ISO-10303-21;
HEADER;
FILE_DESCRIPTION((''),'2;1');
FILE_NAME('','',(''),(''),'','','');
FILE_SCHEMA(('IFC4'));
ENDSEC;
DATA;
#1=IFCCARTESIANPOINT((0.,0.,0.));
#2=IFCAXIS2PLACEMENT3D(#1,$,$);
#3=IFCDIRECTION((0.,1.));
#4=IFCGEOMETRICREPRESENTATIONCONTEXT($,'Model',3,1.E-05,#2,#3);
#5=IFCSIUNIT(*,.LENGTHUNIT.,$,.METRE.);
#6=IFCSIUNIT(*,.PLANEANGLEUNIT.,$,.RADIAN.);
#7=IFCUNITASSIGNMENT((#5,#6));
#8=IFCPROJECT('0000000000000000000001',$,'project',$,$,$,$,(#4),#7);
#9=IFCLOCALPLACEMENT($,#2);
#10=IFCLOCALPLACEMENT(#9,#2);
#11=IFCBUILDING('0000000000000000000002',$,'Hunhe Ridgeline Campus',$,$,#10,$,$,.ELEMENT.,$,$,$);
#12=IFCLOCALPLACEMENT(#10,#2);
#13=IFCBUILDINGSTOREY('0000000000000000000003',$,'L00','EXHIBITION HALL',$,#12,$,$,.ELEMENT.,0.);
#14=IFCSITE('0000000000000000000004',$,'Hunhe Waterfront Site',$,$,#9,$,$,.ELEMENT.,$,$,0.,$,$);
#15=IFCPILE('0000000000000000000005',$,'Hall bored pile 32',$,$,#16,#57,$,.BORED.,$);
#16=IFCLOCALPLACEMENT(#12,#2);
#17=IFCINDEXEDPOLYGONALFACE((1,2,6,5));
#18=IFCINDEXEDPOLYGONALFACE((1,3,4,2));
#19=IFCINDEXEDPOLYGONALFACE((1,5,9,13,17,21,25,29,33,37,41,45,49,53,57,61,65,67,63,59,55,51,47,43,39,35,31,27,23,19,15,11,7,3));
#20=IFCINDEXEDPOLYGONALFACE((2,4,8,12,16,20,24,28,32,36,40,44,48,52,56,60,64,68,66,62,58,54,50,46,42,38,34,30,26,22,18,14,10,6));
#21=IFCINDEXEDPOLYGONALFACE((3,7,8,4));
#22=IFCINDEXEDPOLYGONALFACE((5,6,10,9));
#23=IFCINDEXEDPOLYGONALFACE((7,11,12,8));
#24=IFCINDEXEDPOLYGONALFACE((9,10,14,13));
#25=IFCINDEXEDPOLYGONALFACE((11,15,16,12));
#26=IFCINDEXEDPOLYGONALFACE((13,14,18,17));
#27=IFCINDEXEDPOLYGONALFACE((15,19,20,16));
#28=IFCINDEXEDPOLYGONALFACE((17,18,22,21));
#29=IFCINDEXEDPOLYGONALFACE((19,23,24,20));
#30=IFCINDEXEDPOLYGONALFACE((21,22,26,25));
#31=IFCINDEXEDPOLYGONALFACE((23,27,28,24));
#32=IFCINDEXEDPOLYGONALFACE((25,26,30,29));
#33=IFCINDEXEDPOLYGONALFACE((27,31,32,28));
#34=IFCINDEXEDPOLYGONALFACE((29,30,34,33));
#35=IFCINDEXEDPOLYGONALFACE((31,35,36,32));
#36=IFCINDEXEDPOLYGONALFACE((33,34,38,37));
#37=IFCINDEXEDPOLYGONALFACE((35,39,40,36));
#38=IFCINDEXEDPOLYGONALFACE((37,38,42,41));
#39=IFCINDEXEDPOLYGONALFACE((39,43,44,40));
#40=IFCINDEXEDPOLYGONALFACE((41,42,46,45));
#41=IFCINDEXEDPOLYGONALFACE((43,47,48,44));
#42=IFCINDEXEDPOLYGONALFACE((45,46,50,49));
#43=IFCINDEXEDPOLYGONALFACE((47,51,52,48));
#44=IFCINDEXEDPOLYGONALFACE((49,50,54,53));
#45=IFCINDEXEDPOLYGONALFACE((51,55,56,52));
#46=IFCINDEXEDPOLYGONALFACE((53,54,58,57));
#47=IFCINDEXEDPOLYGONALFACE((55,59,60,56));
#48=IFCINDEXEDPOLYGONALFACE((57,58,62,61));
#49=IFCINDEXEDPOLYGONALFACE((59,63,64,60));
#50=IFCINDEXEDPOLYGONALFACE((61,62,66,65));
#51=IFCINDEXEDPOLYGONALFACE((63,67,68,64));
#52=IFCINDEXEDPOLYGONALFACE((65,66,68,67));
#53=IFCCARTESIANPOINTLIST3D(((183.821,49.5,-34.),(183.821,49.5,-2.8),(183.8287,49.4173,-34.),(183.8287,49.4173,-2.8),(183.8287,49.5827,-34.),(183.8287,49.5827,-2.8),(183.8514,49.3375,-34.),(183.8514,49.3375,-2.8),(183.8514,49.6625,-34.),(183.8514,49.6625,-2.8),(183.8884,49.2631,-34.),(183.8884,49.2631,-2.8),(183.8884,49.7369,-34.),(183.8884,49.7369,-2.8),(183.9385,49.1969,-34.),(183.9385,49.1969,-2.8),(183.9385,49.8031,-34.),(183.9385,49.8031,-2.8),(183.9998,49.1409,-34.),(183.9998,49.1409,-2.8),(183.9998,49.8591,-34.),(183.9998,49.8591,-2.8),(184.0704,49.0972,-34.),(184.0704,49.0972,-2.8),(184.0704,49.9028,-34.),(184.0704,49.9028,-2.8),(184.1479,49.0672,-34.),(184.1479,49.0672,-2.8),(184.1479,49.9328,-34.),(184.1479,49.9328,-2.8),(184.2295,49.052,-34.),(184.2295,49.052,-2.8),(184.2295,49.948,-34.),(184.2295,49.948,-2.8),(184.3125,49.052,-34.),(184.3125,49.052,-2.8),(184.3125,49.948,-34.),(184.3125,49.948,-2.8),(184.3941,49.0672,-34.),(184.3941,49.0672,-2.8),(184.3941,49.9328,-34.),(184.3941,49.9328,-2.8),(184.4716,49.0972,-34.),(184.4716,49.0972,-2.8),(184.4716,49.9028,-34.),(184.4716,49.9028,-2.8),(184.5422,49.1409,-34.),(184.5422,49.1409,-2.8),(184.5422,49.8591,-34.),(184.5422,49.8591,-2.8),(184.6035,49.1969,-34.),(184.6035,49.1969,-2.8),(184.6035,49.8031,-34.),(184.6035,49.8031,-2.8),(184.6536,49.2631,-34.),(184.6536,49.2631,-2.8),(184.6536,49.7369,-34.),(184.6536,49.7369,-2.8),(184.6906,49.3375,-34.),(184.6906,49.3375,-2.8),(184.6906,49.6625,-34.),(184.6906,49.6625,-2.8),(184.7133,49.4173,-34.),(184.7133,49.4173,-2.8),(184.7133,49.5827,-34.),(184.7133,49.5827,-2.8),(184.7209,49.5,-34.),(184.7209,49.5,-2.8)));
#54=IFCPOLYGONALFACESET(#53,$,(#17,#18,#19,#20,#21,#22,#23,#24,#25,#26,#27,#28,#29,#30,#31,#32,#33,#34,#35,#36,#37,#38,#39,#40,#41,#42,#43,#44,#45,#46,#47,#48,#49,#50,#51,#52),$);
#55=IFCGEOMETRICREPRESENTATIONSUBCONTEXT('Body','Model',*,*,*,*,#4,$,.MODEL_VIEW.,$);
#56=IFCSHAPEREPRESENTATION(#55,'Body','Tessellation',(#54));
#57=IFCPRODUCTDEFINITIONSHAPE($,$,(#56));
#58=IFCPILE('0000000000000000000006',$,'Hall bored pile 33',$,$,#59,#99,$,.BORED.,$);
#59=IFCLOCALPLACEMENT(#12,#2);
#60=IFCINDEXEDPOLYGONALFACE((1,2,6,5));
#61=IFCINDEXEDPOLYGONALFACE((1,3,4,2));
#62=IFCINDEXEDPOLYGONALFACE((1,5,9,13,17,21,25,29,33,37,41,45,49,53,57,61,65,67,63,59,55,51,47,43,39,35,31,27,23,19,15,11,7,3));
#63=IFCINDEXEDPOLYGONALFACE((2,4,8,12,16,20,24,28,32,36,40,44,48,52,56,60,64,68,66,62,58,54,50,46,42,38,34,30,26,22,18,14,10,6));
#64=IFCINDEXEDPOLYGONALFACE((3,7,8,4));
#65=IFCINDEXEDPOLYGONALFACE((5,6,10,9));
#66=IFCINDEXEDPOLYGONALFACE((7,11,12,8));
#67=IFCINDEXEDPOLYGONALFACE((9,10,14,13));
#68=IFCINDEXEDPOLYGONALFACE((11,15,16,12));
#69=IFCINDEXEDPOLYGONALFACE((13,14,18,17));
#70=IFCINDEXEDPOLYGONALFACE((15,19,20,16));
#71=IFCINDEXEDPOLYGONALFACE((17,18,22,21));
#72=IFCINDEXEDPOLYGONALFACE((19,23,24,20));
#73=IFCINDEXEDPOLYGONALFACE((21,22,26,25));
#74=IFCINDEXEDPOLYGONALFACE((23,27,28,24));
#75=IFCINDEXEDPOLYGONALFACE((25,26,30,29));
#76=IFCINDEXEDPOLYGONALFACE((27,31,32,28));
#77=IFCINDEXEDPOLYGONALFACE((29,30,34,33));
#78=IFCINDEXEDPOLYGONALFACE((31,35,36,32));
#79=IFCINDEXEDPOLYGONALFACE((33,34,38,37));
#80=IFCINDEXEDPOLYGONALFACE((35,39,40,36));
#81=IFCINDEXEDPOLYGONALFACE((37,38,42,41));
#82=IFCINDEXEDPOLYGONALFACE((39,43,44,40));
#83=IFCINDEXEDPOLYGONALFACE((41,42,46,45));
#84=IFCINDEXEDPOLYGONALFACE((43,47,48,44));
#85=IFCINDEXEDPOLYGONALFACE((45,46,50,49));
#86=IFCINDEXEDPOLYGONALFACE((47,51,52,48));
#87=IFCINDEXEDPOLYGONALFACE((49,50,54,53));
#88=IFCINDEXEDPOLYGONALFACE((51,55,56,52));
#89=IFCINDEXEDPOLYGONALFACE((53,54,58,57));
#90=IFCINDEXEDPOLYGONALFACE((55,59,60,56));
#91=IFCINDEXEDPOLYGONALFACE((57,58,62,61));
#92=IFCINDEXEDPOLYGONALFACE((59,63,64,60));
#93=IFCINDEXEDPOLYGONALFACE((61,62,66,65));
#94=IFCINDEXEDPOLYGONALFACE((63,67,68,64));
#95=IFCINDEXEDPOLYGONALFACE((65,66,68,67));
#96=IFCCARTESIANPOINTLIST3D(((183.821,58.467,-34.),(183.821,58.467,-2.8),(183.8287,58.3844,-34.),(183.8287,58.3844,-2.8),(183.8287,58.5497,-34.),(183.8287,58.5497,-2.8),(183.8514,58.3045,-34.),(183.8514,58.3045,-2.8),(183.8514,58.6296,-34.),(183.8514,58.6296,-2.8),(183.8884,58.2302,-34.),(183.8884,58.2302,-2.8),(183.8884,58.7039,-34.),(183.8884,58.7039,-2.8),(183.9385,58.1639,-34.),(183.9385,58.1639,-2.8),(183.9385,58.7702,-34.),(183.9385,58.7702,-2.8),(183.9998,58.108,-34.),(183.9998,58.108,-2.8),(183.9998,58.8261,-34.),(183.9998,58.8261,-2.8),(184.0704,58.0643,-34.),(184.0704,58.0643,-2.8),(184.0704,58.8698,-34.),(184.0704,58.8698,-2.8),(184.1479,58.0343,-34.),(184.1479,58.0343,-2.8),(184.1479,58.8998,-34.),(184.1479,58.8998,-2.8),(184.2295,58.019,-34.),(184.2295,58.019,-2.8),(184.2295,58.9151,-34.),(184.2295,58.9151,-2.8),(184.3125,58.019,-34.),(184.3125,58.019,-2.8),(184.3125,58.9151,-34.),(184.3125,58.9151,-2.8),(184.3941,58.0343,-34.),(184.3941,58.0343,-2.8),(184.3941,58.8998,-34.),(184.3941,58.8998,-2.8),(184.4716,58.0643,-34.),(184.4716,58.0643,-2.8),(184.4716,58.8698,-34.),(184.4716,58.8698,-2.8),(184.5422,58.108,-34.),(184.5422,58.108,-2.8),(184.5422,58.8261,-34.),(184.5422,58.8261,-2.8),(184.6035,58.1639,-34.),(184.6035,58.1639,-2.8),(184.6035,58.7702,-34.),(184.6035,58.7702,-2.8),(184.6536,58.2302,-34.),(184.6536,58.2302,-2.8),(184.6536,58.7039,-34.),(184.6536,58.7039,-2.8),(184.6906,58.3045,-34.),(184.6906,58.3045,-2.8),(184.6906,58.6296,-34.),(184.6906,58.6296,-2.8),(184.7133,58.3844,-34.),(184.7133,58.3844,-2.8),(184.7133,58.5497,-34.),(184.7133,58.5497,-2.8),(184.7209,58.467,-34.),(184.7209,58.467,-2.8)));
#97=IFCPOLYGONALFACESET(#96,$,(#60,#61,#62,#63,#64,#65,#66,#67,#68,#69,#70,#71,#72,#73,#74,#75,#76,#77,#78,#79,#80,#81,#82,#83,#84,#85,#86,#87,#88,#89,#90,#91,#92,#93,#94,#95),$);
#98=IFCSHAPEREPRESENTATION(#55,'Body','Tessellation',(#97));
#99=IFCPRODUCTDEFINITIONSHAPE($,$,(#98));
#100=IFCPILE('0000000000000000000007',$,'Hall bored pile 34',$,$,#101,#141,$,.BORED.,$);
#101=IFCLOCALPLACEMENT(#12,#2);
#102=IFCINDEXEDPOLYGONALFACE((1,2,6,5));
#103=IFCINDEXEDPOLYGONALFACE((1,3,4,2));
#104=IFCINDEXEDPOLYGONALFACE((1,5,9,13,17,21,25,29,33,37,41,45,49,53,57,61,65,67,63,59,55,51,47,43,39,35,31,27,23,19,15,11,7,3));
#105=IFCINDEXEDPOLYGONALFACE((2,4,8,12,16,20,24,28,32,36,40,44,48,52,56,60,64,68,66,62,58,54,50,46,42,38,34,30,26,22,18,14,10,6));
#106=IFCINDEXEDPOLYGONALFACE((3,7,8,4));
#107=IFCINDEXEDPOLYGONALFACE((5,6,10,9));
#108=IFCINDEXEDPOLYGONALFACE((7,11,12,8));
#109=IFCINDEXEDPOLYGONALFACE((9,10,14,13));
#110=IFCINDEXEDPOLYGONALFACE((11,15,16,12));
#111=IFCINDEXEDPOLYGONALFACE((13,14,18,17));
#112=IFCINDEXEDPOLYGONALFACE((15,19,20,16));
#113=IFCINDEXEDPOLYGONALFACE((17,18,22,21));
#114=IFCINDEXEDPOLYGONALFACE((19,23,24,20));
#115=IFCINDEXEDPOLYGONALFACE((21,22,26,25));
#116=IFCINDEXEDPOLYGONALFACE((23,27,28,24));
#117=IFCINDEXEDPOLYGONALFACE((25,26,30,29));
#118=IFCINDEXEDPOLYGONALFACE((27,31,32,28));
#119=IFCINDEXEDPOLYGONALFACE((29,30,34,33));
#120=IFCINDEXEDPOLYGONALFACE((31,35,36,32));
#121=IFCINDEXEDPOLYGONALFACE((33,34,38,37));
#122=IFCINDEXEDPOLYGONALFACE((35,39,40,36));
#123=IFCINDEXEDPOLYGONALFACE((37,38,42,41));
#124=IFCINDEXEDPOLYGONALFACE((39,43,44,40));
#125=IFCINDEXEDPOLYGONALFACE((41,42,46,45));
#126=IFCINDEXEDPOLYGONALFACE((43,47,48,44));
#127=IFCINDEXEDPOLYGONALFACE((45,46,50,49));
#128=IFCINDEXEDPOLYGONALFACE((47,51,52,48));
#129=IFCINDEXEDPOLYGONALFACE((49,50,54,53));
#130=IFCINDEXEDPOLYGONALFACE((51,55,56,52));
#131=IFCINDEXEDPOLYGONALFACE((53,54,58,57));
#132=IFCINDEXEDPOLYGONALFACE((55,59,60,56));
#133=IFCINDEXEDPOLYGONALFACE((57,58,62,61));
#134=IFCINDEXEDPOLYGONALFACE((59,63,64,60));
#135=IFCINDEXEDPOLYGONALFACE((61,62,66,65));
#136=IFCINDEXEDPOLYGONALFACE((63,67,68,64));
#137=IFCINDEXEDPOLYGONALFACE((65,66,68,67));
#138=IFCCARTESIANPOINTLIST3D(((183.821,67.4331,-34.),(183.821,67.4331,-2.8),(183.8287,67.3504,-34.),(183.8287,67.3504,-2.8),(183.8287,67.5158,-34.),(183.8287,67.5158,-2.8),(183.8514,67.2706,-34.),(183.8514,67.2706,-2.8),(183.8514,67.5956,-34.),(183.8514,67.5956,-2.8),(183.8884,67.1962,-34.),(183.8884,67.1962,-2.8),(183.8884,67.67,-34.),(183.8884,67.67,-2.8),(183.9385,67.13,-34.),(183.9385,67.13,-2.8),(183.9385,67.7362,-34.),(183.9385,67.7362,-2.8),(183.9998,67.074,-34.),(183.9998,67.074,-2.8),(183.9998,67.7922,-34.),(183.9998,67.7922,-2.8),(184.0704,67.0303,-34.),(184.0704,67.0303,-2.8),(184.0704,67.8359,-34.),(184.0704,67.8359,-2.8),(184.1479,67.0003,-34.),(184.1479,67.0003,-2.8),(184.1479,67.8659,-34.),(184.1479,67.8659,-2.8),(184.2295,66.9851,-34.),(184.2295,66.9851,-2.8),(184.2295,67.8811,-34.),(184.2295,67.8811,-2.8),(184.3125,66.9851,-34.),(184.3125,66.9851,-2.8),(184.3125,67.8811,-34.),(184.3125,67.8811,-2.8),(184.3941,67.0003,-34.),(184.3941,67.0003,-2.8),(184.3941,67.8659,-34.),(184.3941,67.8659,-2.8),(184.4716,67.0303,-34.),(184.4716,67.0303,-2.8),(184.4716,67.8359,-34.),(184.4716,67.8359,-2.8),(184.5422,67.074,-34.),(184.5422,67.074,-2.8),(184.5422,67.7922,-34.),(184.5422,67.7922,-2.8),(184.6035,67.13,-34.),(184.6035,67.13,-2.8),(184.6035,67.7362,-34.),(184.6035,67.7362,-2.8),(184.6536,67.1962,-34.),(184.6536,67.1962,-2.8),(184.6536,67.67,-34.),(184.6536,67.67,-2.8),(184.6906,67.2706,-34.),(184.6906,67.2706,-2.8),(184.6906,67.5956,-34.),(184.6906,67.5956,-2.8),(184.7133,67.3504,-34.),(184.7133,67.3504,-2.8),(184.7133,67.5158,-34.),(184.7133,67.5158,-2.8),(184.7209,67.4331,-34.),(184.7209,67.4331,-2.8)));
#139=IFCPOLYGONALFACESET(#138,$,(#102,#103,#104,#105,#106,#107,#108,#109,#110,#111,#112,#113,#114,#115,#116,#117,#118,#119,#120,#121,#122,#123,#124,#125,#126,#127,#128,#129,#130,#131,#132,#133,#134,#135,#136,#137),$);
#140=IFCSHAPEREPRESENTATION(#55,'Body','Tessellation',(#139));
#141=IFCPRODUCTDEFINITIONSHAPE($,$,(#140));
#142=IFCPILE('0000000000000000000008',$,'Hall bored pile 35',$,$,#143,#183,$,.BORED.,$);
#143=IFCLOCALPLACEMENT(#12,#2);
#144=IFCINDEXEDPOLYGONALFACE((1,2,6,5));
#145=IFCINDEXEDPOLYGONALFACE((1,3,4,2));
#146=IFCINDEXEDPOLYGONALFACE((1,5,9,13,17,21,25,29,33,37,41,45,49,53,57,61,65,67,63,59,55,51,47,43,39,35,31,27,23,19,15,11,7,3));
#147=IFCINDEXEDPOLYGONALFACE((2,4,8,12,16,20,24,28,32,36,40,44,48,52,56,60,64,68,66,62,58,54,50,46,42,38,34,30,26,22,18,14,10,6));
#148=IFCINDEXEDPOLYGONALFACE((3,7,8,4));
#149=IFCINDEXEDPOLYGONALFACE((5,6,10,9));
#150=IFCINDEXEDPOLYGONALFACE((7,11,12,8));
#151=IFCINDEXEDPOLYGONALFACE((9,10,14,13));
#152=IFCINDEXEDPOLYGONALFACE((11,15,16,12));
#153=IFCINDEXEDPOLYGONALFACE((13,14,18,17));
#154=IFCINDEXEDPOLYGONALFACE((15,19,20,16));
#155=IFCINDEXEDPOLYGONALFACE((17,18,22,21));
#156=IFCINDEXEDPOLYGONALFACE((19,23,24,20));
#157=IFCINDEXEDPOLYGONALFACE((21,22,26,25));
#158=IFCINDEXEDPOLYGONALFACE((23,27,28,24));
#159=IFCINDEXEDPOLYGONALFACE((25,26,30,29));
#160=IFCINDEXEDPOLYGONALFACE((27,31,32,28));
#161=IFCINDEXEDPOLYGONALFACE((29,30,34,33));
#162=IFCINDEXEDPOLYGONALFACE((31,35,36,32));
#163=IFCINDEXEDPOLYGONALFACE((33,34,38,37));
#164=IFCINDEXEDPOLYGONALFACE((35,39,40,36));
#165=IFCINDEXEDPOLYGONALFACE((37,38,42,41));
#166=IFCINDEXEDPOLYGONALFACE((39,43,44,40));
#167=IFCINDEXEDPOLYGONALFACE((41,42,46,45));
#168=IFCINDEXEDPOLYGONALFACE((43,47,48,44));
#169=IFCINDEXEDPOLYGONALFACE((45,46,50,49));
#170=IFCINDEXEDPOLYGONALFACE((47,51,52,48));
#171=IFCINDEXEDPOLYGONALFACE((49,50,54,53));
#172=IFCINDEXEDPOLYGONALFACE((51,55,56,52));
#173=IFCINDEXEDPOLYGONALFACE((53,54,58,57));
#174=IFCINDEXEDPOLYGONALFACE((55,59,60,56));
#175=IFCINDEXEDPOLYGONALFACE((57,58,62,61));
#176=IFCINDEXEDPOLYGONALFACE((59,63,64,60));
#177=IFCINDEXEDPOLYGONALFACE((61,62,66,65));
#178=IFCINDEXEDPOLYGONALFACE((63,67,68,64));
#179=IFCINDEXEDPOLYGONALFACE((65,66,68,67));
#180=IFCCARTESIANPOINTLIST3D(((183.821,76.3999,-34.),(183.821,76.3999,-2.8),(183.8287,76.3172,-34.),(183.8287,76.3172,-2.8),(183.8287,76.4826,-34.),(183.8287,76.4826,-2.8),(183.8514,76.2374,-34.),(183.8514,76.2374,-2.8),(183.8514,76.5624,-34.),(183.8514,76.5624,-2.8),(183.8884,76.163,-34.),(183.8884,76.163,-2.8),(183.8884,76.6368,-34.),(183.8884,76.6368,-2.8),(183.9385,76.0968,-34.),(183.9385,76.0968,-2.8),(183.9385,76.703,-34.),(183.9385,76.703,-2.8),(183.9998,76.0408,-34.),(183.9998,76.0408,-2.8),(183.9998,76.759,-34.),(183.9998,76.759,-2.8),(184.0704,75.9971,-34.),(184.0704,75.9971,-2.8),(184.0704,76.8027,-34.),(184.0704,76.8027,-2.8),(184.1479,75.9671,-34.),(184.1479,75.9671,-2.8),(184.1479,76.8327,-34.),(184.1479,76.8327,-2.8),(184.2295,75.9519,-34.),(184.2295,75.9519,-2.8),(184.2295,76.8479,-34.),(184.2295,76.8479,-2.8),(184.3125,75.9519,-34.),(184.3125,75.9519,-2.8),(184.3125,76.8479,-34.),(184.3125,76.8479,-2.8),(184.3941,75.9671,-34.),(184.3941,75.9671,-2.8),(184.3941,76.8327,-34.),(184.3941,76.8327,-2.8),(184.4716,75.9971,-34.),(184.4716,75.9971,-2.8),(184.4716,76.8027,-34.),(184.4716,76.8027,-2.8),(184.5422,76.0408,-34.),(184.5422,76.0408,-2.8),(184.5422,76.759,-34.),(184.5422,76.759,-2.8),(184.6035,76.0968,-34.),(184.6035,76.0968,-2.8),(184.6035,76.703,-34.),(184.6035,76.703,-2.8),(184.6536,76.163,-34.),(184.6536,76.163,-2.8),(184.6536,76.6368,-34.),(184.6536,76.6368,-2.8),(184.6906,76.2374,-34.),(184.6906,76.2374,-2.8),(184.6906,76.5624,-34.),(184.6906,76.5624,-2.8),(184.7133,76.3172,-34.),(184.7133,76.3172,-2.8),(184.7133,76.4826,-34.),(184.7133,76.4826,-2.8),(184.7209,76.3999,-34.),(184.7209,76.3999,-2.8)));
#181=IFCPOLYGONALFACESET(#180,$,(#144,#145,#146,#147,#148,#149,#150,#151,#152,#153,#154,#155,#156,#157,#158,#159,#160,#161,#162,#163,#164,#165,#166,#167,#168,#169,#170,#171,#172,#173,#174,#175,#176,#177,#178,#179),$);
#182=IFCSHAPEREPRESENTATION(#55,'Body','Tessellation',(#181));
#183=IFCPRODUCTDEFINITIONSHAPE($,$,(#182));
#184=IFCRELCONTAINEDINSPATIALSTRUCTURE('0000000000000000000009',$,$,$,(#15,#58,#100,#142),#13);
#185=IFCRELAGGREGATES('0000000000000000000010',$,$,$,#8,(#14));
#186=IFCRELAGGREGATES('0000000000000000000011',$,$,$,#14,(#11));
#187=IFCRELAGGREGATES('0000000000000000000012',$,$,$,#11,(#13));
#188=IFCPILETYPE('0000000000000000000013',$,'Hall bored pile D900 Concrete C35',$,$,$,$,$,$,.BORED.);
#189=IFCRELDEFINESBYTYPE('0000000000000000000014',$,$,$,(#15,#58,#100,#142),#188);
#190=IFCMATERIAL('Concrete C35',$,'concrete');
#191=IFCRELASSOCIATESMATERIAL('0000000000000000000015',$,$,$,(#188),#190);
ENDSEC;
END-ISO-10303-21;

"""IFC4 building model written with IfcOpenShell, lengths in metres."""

from ifc_helpers import new_model, si_unit, direction, frame, origin, origin_2d, place, context, subcontext, project, spatial, circle, extrude, material, material_profile, profile_set, type_object, element, save


model = new_model("IFC4")

# Units and contexts
model_context = context("Model", 3, precision=1e-05, world=origin(), true_north=direction((0.0, 1.0)))
body_context = subcontext(model_context, "Body", "Model", "MODEL_VIEW")
ifc_project = project(units=[si_unit("LENGTHUNIT", "METRE"), si_unit("PLANEANGLEUNIT", "RADIAN")], contexts=[model_context])

# Site, building, storey
site_placement = place(None, origin())
site = spatial("IfcSite", under=ifc_project, at=site_placement, Name="Hunhe Waterfront Site", CompositionType="ELEMENT", RefElevation=0.0)
building_placement = place(site_placement, origin())
building = spatial("IfcBuilding", under=site, at=building_placement, Name="Hunhe Ridgeline Campus", CompositionType="ELEMENT")
storey_placement = place(building_placement, origin())
storey = spatial("IfcBuildingStorey", under=building, at=storey_placement, Name="L00", Description="EXHIBITION HALL", CompositionType="ELEMENT", Elevation=0.0)

# Piles
ifc_material_1 = material(Name="Concrete C35", Category="concrete")
ifc_material_profile_1 = material_profile(ifc_material_1, circle(Radius=0.45, at=origin_2d()))
ifc_profile_set_1 = profile_set([ifc_material_profile_1], Name="Concrete C35")
pile_type = type_object("IfcPileType", Name="Hall bored pile D900 Concrete C35", PredefinedType="BORED", material=ifc_profile_set_1)
for number, where, z_axis, x_axis, name in (
    (1, (184.271, 49.5, -2.8), (0.0, 0.0, -1.0), (1.0, 0.0, 0.0), "Hall bored pile 32"),
    (2, (184.271, 58.467, -2.8), (0.0, 0.0, -1.0), (1.0, 0.0, 0.0), "Hall bored pile 33"),
    (3, (184.271, 67.4331, -2.8), (0.0, 0.0, -1.0), (1.0, 0.0, 0.0), "Hall bored pile 34"),
    (4, (184.271, 76.3999, -2.8), (0.0, 0.0, -1.0), (1.0, 0.0, 0.0), "Hall bored pile 35"),
):
    element("IfcPile", number, at=place(storey_placement, frame(where, z_axis=z_axis, x_axis=x_axis)), inside=storey, type_object=pile_type, Name=name, PredefinedType="BORED", context=body_context, shape_type="SweptSolid", body=[
        extrude(circle(Radius=0.45, at=origin_2d()), origin(), (0.0, 0.0, 1.0), 31.2),
    ])

save(model, "model.ifc")
